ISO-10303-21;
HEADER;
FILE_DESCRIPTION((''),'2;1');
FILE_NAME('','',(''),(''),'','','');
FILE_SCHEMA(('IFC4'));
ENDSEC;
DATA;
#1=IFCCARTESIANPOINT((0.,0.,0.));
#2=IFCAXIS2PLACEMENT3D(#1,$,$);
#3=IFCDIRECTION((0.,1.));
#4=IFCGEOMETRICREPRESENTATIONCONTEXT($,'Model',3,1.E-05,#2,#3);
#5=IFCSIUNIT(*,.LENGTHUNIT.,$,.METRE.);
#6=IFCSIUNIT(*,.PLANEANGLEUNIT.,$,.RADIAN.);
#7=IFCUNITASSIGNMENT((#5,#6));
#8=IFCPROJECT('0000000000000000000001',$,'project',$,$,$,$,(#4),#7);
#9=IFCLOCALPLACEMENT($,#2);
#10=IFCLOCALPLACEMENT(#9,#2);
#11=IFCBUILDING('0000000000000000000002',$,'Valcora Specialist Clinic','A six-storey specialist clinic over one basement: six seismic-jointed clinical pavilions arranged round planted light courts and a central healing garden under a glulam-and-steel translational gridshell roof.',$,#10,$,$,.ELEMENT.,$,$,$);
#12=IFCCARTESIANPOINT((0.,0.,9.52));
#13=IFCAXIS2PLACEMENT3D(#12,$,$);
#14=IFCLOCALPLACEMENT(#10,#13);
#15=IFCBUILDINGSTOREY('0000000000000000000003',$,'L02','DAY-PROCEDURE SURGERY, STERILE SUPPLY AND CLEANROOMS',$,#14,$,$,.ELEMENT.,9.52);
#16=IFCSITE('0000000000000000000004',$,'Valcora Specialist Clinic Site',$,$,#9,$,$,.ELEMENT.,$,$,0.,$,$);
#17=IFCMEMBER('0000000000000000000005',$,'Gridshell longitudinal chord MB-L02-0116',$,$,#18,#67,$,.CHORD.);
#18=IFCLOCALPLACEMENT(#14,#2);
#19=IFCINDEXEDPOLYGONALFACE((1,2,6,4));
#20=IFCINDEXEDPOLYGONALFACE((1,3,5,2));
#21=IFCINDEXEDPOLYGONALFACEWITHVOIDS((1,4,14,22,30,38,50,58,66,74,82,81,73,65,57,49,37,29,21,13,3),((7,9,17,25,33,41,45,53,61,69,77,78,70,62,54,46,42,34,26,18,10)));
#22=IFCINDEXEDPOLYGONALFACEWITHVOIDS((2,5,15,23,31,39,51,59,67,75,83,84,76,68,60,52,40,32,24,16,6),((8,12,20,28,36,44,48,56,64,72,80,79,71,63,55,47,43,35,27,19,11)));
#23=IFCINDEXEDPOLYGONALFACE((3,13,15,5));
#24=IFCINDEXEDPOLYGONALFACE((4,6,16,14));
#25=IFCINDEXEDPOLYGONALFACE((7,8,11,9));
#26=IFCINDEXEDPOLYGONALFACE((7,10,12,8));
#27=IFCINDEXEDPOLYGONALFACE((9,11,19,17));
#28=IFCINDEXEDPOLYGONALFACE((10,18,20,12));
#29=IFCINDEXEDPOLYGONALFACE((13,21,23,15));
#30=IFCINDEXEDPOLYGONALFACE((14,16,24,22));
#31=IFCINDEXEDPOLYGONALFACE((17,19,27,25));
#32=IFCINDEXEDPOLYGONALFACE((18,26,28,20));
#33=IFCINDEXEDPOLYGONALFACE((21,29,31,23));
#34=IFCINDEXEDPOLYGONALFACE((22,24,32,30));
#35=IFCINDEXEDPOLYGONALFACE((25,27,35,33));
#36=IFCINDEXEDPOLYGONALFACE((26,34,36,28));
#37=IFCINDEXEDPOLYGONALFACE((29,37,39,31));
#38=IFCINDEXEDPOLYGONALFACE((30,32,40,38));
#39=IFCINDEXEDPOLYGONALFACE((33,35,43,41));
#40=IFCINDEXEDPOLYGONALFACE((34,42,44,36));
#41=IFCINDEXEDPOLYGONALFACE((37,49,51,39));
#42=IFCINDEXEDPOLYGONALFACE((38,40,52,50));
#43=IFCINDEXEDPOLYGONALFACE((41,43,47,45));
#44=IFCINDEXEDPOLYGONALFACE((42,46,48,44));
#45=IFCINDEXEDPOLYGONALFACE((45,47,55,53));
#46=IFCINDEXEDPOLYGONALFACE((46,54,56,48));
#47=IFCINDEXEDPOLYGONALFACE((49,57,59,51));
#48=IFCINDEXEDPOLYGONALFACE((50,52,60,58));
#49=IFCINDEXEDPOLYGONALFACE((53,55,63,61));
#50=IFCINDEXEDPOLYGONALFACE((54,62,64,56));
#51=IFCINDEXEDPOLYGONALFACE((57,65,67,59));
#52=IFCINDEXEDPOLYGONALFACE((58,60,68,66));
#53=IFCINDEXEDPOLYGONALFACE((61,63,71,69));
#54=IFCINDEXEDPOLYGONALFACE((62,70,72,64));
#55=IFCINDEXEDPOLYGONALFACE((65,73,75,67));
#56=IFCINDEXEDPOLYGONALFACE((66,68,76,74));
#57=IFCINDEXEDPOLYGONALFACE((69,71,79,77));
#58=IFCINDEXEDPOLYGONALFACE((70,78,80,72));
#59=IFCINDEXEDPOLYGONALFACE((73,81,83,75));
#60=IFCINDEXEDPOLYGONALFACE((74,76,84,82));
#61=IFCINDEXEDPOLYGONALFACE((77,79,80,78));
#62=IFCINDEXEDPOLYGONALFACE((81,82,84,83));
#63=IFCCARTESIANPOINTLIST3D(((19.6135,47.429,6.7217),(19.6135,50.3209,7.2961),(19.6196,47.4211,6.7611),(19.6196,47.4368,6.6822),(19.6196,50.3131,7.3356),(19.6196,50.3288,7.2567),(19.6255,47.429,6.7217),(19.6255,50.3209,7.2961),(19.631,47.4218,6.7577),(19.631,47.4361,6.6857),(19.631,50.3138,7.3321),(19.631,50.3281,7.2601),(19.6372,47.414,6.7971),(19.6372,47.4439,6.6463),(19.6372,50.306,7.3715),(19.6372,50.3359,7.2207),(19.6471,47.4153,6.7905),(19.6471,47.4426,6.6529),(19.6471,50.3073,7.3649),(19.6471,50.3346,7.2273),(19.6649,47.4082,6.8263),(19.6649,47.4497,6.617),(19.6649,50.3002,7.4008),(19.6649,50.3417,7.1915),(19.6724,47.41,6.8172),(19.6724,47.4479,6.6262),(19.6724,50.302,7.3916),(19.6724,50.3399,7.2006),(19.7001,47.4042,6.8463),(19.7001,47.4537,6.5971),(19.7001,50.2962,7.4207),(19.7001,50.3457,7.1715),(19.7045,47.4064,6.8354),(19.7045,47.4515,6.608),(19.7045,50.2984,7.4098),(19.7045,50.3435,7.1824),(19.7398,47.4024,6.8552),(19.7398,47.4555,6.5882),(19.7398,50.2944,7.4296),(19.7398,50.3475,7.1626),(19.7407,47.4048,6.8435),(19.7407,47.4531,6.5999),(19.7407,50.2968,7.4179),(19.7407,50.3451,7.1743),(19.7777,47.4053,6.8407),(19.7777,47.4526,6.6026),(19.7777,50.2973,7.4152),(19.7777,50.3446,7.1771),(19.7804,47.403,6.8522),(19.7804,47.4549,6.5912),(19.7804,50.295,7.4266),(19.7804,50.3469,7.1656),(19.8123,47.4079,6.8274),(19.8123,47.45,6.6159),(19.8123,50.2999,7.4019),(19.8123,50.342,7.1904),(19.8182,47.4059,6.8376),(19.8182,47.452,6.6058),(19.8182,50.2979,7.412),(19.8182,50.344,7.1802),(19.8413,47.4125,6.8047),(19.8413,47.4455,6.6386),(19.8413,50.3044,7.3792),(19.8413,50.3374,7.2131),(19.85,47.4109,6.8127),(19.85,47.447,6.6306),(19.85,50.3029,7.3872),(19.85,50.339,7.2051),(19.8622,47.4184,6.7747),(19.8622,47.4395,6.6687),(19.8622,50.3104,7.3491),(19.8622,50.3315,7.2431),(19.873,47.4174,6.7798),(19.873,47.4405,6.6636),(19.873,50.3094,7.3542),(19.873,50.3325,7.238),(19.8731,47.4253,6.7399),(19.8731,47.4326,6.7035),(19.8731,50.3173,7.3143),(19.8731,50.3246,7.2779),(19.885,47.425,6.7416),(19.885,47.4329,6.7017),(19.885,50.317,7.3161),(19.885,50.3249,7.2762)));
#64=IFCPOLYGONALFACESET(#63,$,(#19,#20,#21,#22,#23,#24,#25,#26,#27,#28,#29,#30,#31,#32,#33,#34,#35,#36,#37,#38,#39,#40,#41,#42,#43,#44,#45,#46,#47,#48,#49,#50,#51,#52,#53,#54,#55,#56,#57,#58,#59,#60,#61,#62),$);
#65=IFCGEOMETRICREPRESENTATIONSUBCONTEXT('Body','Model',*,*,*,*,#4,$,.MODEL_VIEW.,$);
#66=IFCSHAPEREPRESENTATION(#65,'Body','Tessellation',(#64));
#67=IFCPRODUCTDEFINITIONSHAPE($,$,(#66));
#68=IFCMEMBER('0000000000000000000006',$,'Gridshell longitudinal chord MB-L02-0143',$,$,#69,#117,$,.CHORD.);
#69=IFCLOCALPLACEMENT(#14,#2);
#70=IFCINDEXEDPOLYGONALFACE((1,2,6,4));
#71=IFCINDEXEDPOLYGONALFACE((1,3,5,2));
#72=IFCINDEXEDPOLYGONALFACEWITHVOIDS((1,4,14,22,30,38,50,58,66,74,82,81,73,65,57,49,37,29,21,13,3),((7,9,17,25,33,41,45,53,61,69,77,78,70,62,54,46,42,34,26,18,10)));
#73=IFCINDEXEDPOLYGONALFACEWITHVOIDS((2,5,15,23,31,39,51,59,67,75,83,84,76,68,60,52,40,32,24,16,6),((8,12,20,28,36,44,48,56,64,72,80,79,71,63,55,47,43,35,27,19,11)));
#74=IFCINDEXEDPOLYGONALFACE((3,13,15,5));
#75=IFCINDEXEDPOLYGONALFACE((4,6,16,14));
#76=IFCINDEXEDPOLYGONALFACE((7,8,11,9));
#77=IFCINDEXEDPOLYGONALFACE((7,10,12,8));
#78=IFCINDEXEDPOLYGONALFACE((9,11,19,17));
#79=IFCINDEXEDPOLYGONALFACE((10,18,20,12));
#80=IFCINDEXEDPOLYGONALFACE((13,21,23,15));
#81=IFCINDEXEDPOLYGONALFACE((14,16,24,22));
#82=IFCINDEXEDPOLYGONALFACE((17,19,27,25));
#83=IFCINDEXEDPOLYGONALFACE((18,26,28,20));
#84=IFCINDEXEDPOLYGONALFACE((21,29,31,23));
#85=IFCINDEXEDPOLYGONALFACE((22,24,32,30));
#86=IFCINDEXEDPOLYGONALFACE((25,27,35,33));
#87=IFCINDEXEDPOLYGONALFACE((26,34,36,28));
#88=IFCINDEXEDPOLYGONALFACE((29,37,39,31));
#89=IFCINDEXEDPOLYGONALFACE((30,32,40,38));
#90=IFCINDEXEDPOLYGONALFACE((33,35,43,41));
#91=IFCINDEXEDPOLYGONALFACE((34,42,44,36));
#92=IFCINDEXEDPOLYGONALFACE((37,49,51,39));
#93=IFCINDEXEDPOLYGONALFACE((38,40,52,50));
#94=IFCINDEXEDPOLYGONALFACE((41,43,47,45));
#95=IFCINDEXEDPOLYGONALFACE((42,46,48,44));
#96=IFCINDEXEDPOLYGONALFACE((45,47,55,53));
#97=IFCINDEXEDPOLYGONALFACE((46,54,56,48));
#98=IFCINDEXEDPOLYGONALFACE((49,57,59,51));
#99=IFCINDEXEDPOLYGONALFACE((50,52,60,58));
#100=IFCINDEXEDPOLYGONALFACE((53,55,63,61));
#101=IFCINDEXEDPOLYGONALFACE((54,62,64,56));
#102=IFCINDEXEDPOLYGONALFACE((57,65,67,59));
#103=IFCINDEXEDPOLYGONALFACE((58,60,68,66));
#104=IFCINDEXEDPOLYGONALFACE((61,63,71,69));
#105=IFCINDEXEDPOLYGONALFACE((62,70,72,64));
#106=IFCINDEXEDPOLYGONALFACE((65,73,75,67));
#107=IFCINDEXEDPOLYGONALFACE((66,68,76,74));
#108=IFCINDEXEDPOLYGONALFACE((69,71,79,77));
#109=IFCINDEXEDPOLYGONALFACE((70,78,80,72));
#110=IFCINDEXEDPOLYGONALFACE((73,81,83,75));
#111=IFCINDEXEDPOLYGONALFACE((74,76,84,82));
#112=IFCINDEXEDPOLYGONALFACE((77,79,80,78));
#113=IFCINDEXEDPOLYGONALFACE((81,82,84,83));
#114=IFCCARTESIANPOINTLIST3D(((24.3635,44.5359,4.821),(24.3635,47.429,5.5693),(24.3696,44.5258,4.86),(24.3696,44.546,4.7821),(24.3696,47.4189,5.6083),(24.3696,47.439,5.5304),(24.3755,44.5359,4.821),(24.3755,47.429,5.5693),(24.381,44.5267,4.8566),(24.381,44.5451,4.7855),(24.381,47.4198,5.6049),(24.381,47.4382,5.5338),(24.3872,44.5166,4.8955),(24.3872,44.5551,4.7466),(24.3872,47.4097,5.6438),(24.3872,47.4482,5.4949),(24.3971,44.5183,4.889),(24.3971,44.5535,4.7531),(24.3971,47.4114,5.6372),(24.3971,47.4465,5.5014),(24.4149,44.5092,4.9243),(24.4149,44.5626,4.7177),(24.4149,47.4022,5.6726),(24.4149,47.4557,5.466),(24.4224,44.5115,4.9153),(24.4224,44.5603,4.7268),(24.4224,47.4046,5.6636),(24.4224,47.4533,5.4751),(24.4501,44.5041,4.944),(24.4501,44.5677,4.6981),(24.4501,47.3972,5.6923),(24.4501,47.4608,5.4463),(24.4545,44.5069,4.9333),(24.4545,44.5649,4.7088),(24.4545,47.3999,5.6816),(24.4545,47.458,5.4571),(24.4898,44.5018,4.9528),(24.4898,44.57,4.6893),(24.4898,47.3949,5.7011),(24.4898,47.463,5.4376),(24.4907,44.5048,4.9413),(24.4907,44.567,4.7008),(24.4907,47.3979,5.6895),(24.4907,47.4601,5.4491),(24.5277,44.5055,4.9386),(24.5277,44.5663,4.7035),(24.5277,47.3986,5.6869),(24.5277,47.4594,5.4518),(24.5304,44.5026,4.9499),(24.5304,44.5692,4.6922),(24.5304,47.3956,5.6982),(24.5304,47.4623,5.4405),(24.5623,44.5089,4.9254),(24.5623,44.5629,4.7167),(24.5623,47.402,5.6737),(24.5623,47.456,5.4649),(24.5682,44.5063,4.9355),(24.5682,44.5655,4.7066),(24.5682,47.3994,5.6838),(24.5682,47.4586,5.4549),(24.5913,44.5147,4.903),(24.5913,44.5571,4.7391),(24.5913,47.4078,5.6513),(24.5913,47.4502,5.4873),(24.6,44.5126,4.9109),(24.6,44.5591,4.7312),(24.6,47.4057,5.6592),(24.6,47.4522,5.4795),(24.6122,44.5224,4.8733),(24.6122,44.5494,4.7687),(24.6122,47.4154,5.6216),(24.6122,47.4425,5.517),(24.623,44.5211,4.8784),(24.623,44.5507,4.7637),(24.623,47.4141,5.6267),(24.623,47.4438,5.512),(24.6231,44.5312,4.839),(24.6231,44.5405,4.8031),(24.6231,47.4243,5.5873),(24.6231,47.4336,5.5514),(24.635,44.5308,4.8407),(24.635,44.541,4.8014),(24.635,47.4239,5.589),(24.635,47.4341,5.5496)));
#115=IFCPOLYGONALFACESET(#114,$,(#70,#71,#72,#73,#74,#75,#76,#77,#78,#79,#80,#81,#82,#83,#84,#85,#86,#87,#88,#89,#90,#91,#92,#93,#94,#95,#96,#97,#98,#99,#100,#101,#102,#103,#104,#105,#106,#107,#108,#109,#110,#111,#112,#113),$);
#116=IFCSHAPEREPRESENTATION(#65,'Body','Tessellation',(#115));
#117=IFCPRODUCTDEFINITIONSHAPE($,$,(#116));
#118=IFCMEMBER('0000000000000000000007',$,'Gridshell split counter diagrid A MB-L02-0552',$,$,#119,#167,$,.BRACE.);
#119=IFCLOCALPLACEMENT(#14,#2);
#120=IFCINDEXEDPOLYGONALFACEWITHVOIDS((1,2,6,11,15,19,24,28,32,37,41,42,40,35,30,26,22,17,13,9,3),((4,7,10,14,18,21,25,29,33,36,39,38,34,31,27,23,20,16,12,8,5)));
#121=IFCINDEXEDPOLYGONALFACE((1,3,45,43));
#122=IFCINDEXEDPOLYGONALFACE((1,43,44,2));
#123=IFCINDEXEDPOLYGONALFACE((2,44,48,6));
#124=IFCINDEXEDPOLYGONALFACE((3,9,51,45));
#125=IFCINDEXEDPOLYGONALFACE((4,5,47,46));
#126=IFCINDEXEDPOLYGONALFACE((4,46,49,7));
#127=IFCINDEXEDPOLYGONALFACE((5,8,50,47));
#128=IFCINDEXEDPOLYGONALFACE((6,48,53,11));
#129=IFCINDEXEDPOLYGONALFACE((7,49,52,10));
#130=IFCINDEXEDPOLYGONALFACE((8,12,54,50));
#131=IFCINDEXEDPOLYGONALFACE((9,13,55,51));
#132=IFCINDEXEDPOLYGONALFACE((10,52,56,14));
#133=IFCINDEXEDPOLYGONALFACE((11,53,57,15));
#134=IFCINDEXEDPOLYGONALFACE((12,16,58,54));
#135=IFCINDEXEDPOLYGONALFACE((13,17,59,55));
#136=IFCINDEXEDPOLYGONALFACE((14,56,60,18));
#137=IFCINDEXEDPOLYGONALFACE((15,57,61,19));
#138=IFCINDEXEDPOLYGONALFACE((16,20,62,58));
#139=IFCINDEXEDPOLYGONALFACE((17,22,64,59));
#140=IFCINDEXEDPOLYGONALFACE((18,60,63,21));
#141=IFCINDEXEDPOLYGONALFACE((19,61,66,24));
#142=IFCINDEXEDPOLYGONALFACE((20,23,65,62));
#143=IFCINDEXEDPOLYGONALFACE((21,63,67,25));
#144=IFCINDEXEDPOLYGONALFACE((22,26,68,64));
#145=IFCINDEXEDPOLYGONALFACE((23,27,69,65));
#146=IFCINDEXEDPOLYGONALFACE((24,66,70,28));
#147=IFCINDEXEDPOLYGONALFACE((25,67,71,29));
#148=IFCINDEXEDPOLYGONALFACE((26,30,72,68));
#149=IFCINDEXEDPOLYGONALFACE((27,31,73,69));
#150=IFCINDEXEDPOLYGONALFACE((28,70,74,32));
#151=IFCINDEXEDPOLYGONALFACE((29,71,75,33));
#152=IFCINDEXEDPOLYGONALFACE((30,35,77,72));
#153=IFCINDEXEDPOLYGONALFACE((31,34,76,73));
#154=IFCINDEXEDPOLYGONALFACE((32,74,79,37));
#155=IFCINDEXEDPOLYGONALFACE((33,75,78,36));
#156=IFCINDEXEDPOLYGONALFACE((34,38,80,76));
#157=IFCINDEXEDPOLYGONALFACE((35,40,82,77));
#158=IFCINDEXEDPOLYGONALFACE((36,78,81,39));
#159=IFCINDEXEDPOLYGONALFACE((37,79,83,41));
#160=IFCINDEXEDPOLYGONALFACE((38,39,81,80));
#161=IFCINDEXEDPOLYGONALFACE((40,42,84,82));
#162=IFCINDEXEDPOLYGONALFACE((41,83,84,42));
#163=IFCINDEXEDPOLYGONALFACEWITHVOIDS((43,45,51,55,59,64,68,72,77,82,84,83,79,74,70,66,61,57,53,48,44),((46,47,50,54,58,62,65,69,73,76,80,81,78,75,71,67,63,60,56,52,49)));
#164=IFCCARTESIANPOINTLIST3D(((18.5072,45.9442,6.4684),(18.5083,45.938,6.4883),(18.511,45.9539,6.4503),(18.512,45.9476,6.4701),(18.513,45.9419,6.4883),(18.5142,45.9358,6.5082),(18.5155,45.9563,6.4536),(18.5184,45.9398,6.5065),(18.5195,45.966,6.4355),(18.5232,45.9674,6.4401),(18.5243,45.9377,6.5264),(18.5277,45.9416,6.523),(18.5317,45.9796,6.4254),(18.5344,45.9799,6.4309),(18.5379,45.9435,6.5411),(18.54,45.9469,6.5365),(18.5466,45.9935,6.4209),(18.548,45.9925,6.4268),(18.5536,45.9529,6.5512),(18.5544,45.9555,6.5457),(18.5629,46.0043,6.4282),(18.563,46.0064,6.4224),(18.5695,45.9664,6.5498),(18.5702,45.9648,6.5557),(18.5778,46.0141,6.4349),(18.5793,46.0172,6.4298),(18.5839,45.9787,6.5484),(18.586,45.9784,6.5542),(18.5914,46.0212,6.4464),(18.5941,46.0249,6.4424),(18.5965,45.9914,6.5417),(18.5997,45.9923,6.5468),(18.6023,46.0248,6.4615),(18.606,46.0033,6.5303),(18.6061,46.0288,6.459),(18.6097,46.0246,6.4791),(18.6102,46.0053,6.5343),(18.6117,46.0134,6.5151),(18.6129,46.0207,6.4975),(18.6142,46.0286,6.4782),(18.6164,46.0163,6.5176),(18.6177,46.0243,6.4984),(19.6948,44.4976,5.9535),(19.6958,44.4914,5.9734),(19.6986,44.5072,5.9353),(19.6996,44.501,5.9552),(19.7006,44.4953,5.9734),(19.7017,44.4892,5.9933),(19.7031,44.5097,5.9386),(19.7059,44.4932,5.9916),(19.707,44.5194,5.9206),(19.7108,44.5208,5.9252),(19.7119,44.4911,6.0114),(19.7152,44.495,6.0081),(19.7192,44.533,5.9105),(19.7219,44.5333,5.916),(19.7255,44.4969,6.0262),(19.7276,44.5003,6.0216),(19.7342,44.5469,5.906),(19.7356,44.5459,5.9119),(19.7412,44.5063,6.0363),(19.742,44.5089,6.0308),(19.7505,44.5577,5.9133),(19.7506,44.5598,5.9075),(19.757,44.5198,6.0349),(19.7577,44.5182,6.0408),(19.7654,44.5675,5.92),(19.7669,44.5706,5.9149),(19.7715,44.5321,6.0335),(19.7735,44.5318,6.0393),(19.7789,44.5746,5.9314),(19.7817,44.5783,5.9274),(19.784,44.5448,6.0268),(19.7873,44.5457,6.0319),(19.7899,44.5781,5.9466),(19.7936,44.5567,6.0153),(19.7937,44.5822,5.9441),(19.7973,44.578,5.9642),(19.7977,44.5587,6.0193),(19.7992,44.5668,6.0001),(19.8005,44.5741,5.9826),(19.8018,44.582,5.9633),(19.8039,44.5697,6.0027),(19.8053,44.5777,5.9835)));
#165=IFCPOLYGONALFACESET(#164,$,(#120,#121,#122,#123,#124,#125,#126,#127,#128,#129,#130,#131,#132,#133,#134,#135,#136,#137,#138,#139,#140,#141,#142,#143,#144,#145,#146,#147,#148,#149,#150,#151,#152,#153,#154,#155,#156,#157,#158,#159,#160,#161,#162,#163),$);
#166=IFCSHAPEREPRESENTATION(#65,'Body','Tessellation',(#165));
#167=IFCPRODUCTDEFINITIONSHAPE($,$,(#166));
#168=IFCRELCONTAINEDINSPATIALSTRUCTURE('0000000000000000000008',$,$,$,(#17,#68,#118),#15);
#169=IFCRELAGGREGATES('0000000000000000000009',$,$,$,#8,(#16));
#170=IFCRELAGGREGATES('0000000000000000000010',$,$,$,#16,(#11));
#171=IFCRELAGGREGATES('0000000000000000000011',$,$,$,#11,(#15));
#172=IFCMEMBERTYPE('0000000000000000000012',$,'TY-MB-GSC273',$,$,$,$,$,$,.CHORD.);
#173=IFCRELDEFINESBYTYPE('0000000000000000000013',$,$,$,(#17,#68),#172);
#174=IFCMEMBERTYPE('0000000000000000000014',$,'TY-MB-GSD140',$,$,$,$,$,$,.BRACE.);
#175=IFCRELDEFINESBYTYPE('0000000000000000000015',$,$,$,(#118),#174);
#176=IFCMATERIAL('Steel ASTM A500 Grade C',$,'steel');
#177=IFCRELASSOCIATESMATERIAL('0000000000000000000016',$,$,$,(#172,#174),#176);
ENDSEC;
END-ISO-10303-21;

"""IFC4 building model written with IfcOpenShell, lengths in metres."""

from ifc_helpers import new_model, si_unit, direction, frame, origin, origin_2d, place, context, subcontext, project, spatial, hollow_circle, extrude, material, material_profile, profile_set, type_object, element, save


model = new_model("IFC4")

# Units and contexts
model_context = context("Model", 3, precision=1e-05, world=origin(), true_north=direction((0.0, 1.0)))
body_context = subcontext(model_context, "Body", "Model", "MODEL_VIEW")
ifc_project = project(units=[si_unit("LENGTHUNIT", "METRE"), si_unit("PLANEANGLEUNIT", "RADIAN")], contexts=[model_context])

# Site, building, storey
site_placement = place(None, origin())
site = spatial("IfcSite", under=ifc_project, at=site_placement, Name="Valcora Specialist Clinic Site", CompositionType="ELEMENT", RefElevation=0.0)
building_placement = place(site_placement, origin())
building = spatial("IfcBuilding", under=site, at=building_placement, Name="Valcora Specialist Clinic", Description="A six-storey specialist clinic over one basement: six seismic-jointed clinical pavilions arranged round planted light courts and a central healing garden under a glulam-and-steel translational gridshell roof.", CompositionType="ELEMENT")
storey_placement = place(building_placement, frame((0.0, 0.0, 9.52)))
storey = spatial("IfcBuildingStorey", under=building, at=storey_placement, Name="L02", Description="DAY-PROCEDURE SURGERY, STERILE SUPPLY AND CLEANROOMS", CompositionType="ELEMENT", Elevation=9.52)

# Members
ifc_material_1 = material(Name="Steel ASTM A500 Grade C", Category="steel")
ifc_material_profile_1 = material_profile(ifc_material_1, hollow_circle(Radius=0.1365, WallThickness=0.012, at=origin_2d()), Name="ST-CHS-273X12")
ifc_profile_set_1 = profile_set([ifc_material_profile_1], Name="Steel ASTM A500 Grade C")
member_type_1 = type_object("IfcMemberType", Name="TY-MB-GSC273", PredefinedType="CHORD", material=ifc_profile_set_1)
member_1_placement = place(storey_placement, frame((19.75, 47.429, 6.7217), z_axis=(0.0, 0.980838, 0.194826), x_axis=(-1.0, 0.0, 0.0)))
element("IfcMember", 1, at=member_1_placement, inside=storey, type_object=member_type_1, Name="Gridshell longitudinal chord MB-L02-0116", PredefinedType="CHORD", context=body_context, shape_type="SweptSolid", body=[
    extrude(hollow_circle(Radius=0.1365, WallThickness=0.012, at=origin_2d()), origin(), (0.0, 0.0, 1.0), 2.9485),
])
member_2_placement = place(storey_placement, frame((24.5, 44.5359, 4.821), z_axis=(0.0, 0.96814, 0.250409), x_axis=(-1.0, 0.0, 0.0)))
element("IfcMember", 2, at=member_2_placement, inside=storey, type_object=member_type_1, Name="Gridshell longitudinal chord MB-L02-0143", PredefinedType="CHORD", context=body_context, shape_type="SweptSolid", body=[
    extrude(hollow_circle(Radius=0.1365, WallThickness=0.012, at=origin_2d()), origin(), (0.0, 0.0, 1.0), 2.9883),
])
ifc_material_profile_2 = material_profile(ifc_material_1, hollow_circle(Radius=0.0701, WallThickness=0.0061, at=origin_2d()), Name="ST-CHS-140X6")
ifc_profile_set_2 = profile_set([ifc_material_profile_2], Name="Steel ASTM A500 Grade C")
member_type_2 = type_object("IfcMemberType", Name="TY-MB-GSD140", PredefinedType="BRACE", material=ifc_profile_set_2)
member_3_placement = place(storey_placement, frame((19.75, 44.5359, 5.9734), z_axis=(-0.611778, 0.745227, 0.265263), x_axis=(-0.772916, -0.634508, 0.0)))
element("IfcMember", 3, at=member_3_placement, inside=storey, type_object=member_type_2, Name="Gridshell split counter diagrid A MB-L02-0552", PredefinedType="BRACE", context=body_context, shape_type="SweptSolid", body=[
    extrude(hollow_circle(Radius=0.0701, WallThickness=0.0061, at=origin_2d()), origin(), (0.0, 0.0, 1.0), 1.9412),
])

save(model, "model.ifc")
